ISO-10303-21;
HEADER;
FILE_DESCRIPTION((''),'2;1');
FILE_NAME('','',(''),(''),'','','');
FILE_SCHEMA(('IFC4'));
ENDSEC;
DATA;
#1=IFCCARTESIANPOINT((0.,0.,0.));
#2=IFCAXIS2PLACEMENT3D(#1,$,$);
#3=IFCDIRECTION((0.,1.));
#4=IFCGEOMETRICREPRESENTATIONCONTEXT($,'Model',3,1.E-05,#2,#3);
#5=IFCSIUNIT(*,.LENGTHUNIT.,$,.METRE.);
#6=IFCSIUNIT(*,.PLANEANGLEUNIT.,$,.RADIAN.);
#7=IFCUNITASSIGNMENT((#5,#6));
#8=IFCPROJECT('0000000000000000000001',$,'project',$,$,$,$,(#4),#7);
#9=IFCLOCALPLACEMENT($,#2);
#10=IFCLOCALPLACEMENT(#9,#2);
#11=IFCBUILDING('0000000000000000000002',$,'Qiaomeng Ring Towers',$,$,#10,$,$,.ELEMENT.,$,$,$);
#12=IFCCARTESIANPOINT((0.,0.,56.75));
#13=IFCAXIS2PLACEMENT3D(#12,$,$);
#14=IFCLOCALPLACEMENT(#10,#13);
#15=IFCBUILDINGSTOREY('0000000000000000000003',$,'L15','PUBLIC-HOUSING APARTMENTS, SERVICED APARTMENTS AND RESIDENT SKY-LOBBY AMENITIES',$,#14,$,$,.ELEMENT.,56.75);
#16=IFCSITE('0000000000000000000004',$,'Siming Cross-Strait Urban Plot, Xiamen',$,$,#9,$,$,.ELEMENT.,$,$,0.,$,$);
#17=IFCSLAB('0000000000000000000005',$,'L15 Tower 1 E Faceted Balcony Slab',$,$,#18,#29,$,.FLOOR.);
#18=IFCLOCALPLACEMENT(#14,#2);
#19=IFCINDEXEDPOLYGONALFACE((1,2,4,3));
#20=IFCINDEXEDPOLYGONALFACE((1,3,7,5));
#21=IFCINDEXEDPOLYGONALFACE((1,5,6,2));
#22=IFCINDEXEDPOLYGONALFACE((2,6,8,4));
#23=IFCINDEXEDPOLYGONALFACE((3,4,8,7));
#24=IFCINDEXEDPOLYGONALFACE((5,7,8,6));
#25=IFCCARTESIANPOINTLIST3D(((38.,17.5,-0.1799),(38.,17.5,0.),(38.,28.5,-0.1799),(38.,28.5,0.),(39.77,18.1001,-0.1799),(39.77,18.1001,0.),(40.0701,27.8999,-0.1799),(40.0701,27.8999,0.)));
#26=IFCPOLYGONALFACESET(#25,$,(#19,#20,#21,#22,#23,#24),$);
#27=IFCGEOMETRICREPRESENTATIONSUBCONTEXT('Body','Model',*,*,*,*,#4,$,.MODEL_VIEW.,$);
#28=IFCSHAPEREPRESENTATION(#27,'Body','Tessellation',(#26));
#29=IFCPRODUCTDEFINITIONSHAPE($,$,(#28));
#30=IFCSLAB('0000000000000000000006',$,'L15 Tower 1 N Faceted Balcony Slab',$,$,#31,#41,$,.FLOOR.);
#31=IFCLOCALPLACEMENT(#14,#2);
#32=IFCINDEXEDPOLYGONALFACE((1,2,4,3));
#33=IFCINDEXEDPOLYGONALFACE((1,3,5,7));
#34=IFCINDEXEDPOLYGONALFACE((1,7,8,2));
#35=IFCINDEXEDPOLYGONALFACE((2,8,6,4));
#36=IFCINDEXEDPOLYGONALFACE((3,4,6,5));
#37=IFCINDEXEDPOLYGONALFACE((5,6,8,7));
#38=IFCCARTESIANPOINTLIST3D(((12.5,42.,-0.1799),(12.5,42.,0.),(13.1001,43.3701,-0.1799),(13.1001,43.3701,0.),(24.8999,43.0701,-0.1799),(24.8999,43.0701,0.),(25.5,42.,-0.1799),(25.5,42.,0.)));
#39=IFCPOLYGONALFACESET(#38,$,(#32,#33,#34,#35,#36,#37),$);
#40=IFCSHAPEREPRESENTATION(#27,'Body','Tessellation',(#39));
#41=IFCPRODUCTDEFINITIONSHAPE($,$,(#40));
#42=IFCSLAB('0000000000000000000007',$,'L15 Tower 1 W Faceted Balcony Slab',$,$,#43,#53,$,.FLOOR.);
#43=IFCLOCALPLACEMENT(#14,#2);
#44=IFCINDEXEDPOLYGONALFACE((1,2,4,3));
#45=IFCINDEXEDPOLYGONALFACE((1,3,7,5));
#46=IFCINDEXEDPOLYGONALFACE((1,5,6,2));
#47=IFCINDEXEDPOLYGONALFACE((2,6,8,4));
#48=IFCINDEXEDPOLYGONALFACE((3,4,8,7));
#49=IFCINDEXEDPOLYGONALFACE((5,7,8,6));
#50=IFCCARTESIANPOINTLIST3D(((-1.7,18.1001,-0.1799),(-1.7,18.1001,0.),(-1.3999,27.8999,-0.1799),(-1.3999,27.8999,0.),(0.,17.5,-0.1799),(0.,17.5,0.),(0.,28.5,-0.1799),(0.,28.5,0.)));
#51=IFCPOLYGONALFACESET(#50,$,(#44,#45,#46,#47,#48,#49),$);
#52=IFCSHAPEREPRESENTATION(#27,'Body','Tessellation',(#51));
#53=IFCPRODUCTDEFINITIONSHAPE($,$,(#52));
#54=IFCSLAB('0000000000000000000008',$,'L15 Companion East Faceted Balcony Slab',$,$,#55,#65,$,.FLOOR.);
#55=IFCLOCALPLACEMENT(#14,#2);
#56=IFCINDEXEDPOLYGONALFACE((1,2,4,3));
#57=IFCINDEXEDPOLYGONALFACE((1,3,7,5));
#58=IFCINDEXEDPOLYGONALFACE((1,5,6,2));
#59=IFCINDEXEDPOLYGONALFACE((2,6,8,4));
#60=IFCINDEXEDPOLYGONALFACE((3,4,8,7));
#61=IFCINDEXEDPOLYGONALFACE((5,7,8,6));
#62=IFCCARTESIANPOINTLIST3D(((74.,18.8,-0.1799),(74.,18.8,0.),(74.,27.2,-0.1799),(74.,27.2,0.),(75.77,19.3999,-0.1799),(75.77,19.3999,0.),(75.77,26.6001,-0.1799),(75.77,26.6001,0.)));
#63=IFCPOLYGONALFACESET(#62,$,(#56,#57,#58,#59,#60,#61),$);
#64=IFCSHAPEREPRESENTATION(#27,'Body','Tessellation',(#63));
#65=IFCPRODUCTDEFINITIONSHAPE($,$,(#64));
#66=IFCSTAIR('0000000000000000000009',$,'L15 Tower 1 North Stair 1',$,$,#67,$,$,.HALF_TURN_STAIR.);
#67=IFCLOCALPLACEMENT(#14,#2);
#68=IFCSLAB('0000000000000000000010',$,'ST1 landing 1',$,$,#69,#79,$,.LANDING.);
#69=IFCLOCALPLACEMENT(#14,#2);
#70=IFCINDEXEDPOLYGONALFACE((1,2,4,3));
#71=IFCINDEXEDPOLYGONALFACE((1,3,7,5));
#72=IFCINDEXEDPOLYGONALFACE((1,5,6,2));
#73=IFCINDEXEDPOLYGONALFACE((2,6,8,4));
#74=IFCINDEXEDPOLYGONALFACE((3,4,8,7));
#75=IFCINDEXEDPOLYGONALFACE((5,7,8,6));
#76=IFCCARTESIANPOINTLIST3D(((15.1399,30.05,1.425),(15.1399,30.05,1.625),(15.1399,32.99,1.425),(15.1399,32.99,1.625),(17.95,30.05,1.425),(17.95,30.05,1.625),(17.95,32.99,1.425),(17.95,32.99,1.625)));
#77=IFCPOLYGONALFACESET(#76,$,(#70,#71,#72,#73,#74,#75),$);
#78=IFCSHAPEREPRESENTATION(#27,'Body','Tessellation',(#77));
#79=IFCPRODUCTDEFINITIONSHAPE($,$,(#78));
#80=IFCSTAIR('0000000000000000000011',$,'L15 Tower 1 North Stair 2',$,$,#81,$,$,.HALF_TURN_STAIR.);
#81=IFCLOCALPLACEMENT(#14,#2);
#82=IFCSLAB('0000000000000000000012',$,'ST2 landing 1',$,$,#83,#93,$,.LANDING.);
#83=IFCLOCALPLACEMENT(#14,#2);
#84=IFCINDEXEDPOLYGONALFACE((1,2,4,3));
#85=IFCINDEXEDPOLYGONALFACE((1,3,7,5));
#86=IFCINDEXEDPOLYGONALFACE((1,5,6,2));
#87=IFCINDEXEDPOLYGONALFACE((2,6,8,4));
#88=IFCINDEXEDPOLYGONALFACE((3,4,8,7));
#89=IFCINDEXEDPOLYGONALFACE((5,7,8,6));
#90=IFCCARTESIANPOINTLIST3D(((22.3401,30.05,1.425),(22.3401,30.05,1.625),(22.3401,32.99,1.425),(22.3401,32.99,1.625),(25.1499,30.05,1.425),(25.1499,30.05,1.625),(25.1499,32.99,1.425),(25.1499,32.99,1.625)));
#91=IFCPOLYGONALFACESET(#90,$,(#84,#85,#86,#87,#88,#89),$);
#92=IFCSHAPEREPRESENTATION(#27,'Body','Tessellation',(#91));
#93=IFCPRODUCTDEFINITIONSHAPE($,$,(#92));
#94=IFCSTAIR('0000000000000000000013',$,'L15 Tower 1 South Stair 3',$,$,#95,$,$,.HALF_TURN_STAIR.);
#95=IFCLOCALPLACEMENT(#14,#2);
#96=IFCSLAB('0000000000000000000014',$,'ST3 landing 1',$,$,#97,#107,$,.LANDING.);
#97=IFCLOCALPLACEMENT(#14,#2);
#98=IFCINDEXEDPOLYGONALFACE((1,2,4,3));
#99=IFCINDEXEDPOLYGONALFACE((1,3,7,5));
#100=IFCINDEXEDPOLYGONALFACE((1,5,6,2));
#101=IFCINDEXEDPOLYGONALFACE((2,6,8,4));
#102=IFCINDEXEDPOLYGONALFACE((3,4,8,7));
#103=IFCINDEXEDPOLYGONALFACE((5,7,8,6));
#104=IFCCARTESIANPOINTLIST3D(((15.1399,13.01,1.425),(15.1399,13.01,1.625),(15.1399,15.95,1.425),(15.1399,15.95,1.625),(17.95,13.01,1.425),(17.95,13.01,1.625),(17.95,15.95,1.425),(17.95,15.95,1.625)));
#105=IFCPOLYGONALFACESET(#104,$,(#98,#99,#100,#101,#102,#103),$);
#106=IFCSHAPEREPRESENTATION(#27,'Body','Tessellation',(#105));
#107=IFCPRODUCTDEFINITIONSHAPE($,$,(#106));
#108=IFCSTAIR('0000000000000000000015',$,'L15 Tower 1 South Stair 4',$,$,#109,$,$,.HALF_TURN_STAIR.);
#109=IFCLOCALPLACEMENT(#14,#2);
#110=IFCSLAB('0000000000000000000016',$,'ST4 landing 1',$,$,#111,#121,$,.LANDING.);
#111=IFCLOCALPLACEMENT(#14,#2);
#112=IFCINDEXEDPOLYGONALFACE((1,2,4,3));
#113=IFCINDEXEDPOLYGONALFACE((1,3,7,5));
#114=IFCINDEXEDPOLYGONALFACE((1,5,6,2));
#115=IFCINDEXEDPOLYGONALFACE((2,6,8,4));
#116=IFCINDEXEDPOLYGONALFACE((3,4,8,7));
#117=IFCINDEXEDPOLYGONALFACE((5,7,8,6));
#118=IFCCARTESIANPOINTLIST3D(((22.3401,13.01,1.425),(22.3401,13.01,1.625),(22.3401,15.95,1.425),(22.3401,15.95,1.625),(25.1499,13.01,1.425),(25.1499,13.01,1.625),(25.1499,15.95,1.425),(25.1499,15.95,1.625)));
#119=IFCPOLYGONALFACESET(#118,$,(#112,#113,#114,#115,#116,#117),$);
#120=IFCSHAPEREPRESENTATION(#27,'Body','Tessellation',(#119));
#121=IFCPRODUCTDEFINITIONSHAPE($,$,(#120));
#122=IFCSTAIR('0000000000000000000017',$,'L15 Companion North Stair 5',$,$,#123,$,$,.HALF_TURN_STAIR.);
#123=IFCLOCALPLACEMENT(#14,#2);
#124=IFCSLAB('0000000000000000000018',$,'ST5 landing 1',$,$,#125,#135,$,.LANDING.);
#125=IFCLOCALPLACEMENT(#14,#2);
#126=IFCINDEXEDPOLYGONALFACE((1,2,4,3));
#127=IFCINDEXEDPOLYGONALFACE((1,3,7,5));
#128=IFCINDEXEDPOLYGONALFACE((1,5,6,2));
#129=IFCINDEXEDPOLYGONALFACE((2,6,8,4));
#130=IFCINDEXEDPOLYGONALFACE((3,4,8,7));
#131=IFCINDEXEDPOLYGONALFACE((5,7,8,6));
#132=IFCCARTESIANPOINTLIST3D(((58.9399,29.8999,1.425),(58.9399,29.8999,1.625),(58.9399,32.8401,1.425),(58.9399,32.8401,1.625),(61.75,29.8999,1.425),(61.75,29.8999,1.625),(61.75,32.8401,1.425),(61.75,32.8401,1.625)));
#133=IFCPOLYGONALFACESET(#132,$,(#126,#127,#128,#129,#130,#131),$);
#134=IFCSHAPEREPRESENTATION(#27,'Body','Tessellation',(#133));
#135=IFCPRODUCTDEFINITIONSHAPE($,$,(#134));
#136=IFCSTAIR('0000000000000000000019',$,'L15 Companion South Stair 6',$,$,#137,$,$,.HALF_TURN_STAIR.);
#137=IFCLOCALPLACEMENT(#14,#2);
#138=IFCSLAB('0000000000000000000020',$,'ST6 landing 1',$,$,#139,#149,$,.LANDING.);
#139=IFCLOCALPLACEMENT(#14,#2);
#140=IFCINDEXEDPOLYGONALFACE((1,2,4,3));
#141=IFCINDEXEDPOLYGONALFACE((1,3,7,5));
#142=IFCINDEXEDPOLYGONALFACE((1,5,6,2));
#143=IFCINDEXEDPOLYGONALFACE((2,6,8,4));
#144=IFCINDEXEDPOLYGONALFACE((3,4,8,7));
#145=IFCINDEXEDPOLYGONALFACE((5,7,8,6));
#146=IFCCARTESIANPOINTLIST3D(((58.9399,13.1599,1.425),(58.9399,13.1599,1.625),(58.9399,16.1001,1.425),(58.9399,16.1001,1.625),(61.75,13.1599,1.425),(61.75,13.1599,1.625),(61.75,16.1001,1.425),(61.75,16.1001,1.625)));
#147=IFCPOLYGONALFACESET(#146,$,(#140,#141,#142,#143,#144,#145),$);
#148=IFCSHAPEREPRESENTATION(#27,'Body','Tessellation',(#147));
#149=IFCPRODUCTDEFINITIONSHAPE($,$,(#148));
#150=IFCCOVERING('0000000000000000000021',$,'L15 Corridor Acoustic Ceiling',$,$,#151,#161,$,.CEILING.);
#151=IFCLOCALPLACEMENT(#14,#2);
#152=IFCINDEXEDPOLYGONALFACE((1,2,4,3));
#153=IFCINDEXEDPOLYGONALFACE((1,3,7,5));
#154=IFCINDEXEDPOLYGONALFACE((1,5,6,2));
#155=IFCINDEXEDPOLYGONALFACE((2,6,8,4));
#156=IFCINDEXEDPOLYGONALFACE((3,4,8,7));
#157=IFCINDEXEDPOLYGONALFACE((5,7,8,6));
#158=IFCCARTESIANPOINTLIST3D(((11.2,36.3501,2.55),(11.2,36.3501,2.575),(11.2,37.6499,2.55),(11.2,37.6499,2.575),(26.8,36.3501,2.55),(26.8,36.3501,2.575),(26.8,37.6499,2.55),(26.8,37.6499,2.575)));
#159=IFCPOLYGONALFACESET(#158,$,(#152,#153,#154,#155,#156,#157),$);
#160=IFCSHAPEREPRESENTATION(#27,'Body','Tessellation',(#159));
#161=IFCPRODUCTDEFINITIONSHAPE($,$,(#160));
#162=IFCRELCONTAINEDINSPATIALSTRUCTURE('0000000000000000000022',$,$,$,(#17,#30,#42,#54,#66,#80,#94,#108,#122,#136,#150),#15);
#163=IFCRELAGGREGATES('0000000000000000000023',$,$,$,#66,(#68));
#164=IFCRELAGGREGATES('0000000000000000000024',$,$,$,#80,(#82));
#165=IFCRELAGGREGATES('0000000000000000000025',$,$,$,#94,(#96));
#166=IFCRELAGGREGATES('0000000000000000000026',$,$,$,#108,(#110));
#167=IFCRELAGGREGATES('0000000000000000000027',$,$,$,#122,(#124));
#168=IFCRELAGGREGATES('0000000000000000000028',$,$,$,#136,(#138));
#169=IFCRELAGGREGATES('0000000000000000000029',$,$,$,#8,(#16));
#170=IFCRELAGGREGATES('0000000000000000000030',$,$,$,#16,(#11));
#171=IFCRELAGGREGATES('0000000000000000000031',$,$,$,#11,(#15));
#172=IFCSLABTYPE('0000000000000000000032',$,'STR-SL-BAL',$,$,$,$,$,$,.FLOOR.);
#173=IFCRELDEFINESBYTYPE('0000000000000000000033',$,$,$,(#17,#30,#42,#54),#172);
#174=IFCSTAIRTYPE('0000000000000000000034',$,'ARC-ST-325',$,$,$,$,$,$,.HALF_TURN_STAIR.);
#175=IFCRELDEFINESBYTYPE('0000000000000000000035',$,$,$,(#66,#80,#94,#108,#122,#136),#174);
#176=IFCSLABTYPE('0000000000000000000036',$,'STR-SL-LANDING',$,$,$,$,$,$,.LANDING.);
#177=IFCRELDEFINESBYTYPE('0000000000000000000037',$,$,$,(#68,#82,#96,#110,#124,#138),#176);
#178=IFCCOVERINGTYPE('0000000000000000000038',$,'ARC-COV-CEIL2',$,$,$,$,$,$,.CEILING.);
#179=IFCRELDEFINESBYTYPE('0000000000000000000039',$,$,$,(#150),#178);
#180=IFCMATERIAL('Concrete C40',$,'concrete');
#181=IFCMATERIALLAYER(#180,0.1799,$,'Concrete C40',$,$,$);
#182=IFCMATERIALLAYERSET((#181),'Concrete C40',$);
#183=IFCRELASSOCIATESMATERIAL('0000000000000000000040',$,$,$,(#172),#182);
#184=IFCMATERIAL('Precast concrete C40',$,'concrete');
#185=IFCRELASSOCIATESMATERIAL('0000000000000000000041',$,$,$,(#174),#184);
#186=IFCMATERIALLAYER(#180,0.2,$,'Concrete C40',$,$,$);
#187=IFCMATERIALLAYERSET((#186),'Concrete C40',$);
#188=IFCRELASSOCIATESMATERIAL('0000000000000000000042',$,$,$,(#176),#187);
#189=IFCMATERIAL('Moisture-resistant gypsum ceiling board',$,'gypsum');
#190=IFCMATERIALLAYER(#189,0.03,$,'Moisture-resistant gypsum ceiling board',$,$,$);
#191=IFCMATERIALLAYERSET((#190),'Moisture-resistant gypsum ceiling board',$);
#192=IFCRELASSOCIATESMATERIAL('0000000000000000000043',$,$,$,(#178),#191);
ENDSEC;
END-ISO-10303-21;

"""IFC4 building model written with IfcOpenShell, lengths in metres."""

from ifc_helpers import new_model, si_unit, direction, frame, origin, place, context, subcontext, project, spatial, polyline, outline, extrude, material, layer, layer_set, type_object, element, aggregate, save


model = new_model("IFC4")

# Units and contexts
model_context = context("Model", 3, precision=1e-05, world=origin(), true_north=direction((0.0, 1.0)))
body_context = subcontext(model_context, "Body", "Model", "MODEL_VIEW")
ifc_project = project(units=[si_unit("LENGTHUNIT", "METRE"), si_unit("PLANEANGLEUNIT", "RADIAN")], contexts=[model_context])

# Site, building, storey
site_placement = place(None, origin())
site = spatial("IfcSite", under=ifc_project, at=site_placement, Name="Siming Cross-Strait Urban Plot, Xiamen", CompositionType="ELEMENT", RefElevation=0.0)
building_placement = place(site_placement, origin())
building = spatial("IfcBuilding", under=site, at=building_placement, Name="Qiaomeng Ring Towers", CompositionType="ELEMENT")
storey_placement = place(building_placement, frame((0.0, 0.0, 56.75)))
storey = spatial("IfcBuildingStorey", under=building, at=storey_placement, Name="L15", Description="PUBLIC-HOUSING APARTMENTS, SERVICED APARTMENTS AND RESIDENT SKY-LOBBY AMENITIES", CompositionType="ELEMENT", Elevation=56.75)

# Slabs
ifc_material_1 = material(Name="Concrete C40", Category="concrete")
ifc_layer_1 = layer(ifc_material_1, 0.1799, Name="Concrete C40")
ifc_layer_set_1 = layer_set([ifc_layer_1], Name="Concrete C40")
slab_type_1 = type_object("IfcSlabType", Name="STR-SL-BAL", PredefinedType="FLOOR", material=ifc_layer_set_1)
slab_1_placement = place(storey_placement, frame((0.0, 0.0, -0.1799)))
element("IfcSlab", 1, at=slab_1_placement, inside=storey, type_object=slab_type_1, Name="L15 Tower 1 E Faceted Balcony Slab", PredefinedType="FLOOR", context=body_context, shape_type="SweptSolid", body=[
    extrude(outline(polyline([(40.0701, 27.8999), (39.77, 18.1001), (38.0, 17.5), (38.0, 28.5), (40.0701, 27.8999)])), origin(), (0.0, 0.0, 1.0), 0.1799),
])
slab_2_placement = place(storey_placement, frame((0.0, 0.0, -0.1799)))
element("IfcSlab", 2, at=slab_2_placement, inside=storey, type_object=slab_type_1, Name="L15 Tower 1 N Faceted Balcony Slab", PredefinedType="FLOOR", context=body_context, shape_type="SweptSolid", body=[
    extrude(outline(polyline([(12.5, 42.0), (13.1001, 43.3701), (24.8999, 43.0701), (25.5, 42.0), (12.5, 42.0)])), origin(), (0.0, 0.0, 1.0), 0.1799),
])
slab_3_placement = place(storey_placement, frame((0.0, 0.0, -0.1799)))
element("IfcSlab", 3, at=slab_3_placement, inside=storey, type_object=slab_type_1, Name="L15 Tower 1 W Faceted Balcony Slab", PredefinedType="FLOOR", context=body_context, shape_type="SweptSolid", body=[
    extrude(outline(polyline([(0.0, 17.5), (-1.7, 18.1001), (-1.3999, 27.8999), (0.0, 28.5), (0.0, 17.5)])), origin(), (0.0, 0.0, 1.0), 0.1799),
])
slab_4_placement = place(storey_placement, frame((0.0, 0.0, -0.1799)))
element("IfcSlab", 4, at=slab_4_placement, inside=storey, type_object=slab_type_1, Name="L15 Companion East Faceted Balcony Slab", PredefinedType="FLOOR", context=body_context, shape_type="SweptSolid", body=[
    extrude(outline(polyline([(75.77, 26.6001), (75.77, 19.3999), (74.0, 18.8), (74.0, 27.2), (75.77, 26.6001)])), origin(), (0.0, 0.0, 1.0), 0.1799),
])

# Stairs, slabs
ifc_material_2 = material(Name="Precast concrete C40", Category="concrete")
stair_type = type_object("IfcStairType", Name="ARC-ST-325", PredefinedType="HALF_TURN_STAIR", material=ifc_material_2)
stair_1_placement = place(storey_placement, origin())
stair_1 = element("IfcStair", 5, at=stair_1_placement, inside=storey, type_object=stair_type, Name="L15 Tower 1 North Stair 1", PredefinedType="HALF_TURN_STAIR")
ifc_layer_2 = layer(ifc_material_1, 0.2, Name="Concrete C40")
ifc_layer_set_2 = layer_set([ifc_layer_2], Name="Concrete C40")
slab_type_2 = type_object("IfcSlabType", Name="STR-SL-LANDING", PredefinedType="LANDING", material=ifc_layer_set_2)
slab_5_placement = place(storey_placement, frame((0.0, 0.0, 1.425)))
slab_5 = element("IfcSlab", 6, at=slab_5_placement, type_object=slab_type_2, Name="ST1 landing 1", PredefinedType="LANDING", context=body_context, shape_type="SweptSolid", body=[
    extrude(outline(polyline([(15.1399, 30.05), (17.95, 30.05), (17.95, 32.99), (15.1399, 32.99), (15.1399, 30.05)])), origin(), (0.0, 0.0, 1.0), 0.2),
])
aggregate(stair_1, [slab_5])
stair_2_placement = place(storey_placement, origin())
stair_2 = element("IfcStair", 7, at=stair_2_placement, inside=storey, type_object=stair_type, Name="L15 Tower 1 North Stair 2", PredefinedType="HALF_TURN_STAIR")
slab_6_placement = place(storey_placement, frame((0.0, 0.0, 1.425)))
slab_6 = element("IfcSlab", 8, at=slab_6_placement, type_object=slab_type_2, Name="ST2 landing 1", PredefinedType="LANDING", context=body_context, shape_type="SweptSolid", body=[
    extrude(outline(polyline([(22.3401, 30.05), (25.1499, 30.05), (25.1499, 32.99), (22.3401, 32.99), (22.3401, 30.05)])), origin(), (0.0, 0.0, 1.0), 0.2),
])
aggregate(stair_2, [slab_6])
stair_3_placement = place(storey_placement, origin())
stair_3 = element("IfcStair", 9, at=stair_3_placement, inside=storey, type_object=stair_type, Name="L15 Tower 1 South Stair 3", PredefinedType="HALF_TURN_STAIR")
slab_7_placement = place(storey_placement, frame((0.0, 0.0, 1.425)))
slab_7 = element("IfcSlab", 10, at=slab_7_placement, type_object=slab_type_2, Name="ST3 landing 1", PredefinedType="LANDING", context=body_context, shape_type="SweptSolid", body=[
    extrude(outline(polyline([(15.1399, 13.01), (17.95, 13.01), (17.95, 15.95), (15.1399, 15.95), (15.1399, 13.01)])), origin(), (0.0, 0.0, 1.0), 0.2),
])
aggregate(stair_3, [slab_7])
stair_4_placement = place(storey_placement, origin())
stair_4 = element("IfcStair", 11, at=stair_4_placement, inside=storey, type_object=stair_type, Name="L15 Tower 1 South Stair 4", PredefinedType="HALF_TURN_STAIR")
slab_8_placement = place(storey_placement, frame((0.0, 0.0, 1.425)))
slab_8 = element("IfcSlab", 12, at=slab_8_placement, type_object=slab_type_2, Name="ST4 landing 1", PredefinedType="LANDING", context=body_context, shape_type="SweptSolid", body=[
    extrude(outline(polyline([(22.3401, 13.01), (25.1499, 13.01), (25.1499, 15.95), (22.3401, 15.95), (22.3401, 13.01)])), origin(), (0.0, 0.0, 1.0), 0.2),
])
aggregate(stair_4, [slab_8])
stair_5_placement = place(storey_placement, origin())
stair_5 = element("IfcStair", 13, at=stair_5_placement, inside=storey, type_object=stair_type, Name="L15 Companion North Stair 5", PredefinedType="HALF_TURN_STAIR")
slab_9_placement = place(storey_placement, frame((0.0, 0.0, 1.425)))
slab_9 = element("IfcSlab", 14, at=slab_9_placement, type_object=slab_type_2, Name="ST5 landing 1", PredefinedType="LANDING", context=body_context, shape_type="SweptSolid", body=[
    extrude(outline(polyline([(58.9399, 29.8999), (61.75, 29.8999), (61.75, 32.8401), (58.9399, 32.8401), (58.9399, 29.8999)])), origin(), (0.0, 0.0, 1.0), 0.2),
])
aggregate(stair_5, [slab_9])
stair_6_placement = place(storey_placement, origin())
stair_6 = element("IfcStair", 15, at=stair_6_placement, inside=storey, type_object=stair_type, Name="L15 Companion South Stair 6", PredefinedType="HALF_TURN_STAIR")
slab_10_placement = place(storey_placement, frame((0.0, 0.0, 1.425)))
slab_10 = element("IfcSlab", 16, at=slab_10_placement, type_object=slab_type_2, Name="ST6 landing 1", PredefinedType="LANDING", context=body_context, shape_type="SweptSolid", body=[
    extrude(outline(polyline([(58.9399, 13.1599), (61.75, 13.1599), (61.75, 16.1001), (58.9399, 16.1001), (58.9399, 13.1599)])), origin(), (0.0, 0.0, 1.0), 0.2),
])
aggregate(stair_6, [slab_10])

# Covering
ifc_material_3 = material(Name="Moisture-resistant gypsum ceiling board", Category="gypsum")
ifc_layer_3 = layer(ifc_material_3, 0.03, Name="Moisture-resistant gypsum ceiling board")
ifc_layer_set_3 = layer_set([ifc_layer_3], Name="Moisture-resistant gypsum ceiling board")
covering_type = type_object("IfcCoveringType", Name="ARC-COV-CEIL2", PredefinedType="CEILING", material=ifc_layer_set_3)
covering_placement = place(storey_placement, frame((0.0, 0.0, 2.55)))
element("IfcCovering", 17, at=covering_placement, inside=storey, type_object=covering_type, Name="L15 Corridor Acoustic Ceiling", PredefinedType="CEILING", context=body_context, shape_type="SweptSolid", body=[
    extrude(outline(polyline([(11.2, 36.3501), (11.2, 37.6499), (26.8, 37.6499), (26.8, 36.3501), (11.2, 36.3501)])), origin(), (0.0, 0.0, 1.0), 0.0249),
])

save(model, "model.ifc")
